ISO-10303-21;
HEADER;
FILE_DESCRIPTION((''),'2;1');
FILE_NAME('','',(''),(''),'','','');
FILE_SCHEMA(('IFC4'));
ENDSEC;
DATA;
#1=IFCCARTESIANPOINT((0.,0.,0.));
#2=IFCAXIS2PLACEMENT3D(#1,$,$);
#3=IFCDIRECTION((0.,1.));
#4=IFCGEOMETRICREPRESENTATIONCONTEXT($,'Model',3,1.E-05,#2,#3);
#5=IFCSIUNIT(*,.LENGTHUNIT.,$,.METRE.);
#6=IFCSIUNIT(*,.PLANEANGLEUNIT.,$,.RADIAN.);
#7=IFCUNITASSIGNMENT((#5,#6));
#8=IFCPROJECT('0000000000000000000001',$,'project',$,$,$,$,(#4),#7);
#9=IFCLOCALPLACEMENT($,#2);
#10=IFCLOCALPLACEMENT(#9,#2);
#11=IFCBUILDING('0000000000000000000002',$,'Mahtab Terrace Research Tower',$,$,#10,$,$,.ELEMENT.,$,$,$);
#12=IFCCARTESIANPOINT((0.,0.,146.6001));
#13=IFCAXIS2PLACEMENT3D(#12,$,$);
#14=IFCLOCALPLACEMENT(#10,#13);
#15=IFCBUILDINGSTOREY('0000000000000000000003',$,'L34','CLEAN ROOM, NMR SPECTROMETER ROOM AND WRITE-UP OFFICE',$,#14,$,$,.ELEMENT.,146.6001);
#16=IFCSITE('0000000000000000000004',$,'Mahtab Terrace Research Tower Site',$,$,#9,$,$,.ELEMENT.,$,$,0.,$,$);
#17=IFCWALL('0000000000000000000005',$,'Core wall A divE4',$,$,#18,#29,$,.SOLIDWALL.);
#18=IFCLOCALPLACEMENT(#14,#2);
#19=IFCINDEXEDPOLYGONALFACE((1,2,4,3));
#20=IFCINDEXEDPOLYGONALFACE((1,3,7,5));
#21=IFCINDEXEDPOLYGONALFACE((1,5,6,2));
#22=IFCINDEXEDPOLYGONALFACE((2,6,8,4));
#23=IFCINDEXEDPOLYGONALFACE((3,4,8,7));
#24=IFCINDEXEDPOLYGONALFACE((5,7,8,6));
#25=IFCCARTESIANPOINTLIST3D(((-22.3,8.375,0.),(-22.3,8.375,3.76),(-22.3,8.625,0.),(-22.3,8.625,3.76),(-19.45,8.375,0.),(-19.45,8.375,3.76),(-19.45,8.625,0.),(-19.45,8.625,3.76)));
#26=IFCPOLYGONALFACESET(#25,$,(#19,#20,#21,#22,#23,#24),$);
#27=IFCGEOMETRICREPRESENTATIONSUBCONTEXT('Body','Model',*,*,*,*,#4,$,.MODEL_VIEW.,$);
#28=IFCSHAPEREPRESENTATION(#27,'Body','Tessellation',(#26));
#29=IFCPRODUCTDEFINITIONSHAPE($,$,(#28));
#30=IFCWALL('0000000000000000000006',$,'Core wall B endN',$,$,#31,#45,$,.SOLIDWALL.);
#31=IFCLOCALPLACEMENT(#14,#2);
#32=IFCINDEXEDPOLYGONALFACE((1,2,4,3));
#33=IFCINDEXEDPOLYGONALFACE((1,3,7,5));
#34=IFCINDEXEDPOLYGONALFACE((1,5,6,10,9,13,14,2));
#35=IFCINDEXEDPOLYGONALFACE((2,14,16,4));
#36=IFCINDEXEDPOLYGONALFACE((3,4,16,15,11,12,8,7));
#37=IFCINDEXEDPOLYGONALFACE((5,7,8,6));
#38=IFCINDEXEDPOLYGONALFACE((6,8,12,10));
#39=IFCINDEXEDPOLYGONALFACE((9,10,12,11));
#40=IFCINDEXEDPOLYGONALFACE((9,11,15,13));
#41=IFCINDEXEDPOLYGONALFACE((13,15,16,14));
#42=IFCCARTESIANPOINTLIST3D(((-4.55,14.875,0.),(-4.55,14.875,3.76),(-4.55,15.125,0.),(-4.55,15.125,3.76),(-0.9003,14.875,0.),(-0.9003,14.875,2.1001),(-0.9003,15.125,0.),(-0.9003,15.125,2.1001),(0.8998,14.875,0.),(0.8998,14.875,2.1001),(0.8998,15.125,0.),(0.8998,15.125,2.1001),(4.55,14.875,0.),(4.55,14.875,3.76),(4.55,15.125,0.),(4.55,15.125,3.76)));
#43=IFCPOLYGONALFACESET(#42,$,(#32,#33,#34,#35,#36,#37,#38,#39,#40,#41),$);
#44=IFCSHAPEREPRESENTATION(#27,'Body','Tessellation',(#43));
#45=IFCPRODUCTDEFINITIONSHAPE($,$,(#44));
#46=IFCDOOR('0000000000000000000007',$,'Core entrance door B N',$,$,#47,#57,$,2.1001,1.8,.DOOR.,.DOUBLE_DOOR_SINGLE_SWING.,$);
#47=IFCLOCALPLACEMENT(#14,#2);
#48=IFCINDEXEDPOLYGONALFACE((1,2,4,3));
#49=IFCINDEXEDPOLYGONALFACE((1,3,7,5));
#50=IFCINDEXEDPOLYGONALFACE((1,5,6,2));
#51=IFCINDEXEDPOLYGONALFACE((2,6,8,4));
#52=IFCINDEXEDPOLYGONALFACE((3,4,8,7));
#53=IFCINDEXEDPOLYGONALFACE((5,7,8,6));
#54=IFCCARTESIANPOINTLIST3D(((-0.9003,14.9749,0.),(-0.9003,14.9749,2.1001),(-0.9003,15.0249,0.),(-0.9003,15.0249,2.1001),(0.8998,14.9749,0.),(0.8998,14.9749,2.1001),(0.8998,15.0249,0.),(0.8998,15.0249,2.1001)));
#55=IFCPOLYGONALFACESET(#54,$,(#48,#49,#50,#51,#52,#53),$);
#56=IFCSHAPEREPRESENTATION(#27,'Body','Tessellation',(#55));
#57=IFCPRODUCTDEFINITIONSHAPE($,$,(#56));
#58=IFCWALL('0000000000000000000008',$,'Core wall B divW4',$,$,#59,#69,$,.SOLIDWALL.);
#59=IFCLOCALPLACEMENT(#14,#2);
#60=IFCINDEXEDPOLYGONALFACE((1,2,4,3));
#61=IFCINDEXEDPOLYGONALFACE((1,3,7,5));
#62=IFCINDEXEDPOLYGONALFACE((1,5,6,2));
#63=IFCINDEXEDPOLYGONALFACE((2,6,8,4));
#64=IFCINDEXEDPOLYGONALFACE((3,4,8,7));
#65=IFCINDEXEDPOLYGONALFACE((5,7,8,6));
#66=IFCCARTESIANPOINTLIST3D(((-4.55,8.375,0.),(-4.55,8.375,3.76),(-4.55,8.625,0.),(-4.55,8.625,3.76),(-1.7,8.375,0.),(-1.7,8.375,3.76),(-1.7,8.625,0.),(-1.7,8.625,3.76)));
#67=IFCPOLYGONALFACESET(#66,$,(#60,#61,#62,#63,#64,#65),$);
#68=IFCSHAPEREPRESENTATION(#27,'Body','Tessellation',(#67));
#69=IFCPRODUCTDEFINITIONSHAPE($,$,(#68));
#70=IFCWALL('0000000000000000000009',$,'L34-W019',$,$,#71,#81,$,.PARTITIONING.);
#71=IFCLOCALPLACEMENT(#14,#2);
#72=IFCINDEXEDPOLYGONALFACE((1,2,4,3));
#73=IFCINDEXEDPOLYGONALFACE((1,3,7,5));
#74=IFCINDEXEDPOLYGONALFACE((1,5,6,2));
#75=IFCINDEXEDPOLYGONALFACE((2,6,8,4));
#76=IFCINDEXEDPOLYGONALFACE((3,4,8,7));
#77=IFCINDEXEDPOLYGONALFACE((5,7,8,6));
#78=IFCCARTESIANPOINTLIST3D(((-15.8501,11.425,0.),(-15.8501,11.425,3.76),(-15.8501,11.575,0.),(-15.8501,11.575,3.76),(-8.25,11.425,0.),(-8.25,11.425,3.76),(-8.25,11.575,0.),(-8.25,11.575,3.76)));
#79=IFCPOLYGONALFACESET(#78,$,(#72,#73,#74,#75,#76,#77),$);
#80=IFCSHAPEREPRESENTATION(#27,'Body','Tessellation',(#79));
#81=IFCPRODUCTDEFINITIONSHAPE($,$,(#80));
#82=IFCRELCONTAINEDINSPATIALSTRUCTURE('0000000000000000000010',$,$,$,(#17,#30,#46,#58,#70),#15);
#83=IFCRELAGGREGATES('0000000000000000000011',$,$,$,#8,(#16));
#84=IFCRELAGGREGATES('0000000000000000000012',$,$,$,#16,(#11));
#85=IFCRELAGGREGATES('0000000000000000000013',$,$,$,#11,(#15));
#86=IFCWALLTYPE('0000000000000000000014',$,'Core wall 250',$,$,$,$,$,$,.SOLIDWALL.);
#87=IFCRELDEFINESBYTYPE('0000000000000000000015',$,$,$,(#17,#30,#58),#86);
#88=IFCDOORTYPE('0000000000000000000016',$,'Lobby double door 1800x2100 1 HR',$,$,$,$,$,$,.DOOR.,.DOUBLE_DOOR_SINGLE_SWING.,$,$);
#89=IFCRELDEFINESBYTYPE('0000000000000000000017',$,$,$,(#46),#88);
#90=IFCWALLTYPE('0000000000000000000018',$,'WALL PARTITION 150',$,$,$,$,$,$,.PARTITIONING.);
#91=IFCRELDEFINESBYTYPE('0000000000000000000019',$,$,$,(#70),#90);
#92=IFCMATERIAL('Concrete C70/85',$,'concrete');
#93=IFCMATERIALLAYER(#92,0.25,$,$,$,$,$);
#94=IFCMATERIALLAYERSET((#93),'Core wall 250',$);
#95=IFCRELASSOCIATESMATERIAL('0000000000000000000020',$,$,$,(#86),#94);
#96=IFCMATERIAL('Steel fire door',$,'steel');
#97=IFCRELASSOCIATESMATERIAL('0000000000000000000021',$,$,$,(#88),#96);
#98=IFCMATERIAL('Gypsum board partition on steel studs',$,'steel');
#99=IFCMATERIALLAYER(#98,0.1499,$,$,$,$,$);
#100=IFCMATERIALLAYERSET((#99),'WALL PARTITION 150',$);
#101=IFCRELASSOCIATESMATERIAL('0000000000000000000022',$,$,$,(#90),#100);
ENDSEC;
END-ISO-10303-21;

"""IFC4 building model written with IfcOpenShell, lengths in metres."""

from ifc_helpers import new_model, si_unit, direction, frame, frame_2d, origin, place, context, subcontext, project, spatial, rectangle, extrude, material, layer, layer_set, type_object, element, fill, save


model = new_model("IFC4")

# Units and contexts
model_context = context("Model", 3, precision=1e-05, world=origin(), true_north=direction((0.0, 1.0)))
body_context = subcontext(model_context, "Body", "Model", "MODEL_VIEW")
ifc_project = project(units=[si_unit("LENGTHUNIT", "METRE"), si_unit("PLANEANGLEUNIT", "RADIAN")], contexts=[model_context])

# Site, building, storey
site_placement = place(None, origin())
site = spatial("IfcSite", under=ifc_project, at=site_placement, Name="Mahtab Terrace Research Tower Site", CompositionType="ELEMENT", RefElevation=0.0)
building_placement = place(site_placement, origin())
building = spatial("IfcBuilding", under=site, at=building_placement, Name="Mahtab Terrace Research Tower", CompositionType="ELEMENT")
storey_placement = place(building_placement, frame((0.0, 0.0, 146.6001)))
storey = spatial("IfcBuildingStorey", under=building, at=storey_placement, Name="L34", Description="CLEAN ROOM, NMR SPECTROMETER ROOM AND WRITE-UP OFFICE", CompositionType="ELEMENT", Elevation=146.6001)

# Shared definitions
ifc_material_1 = material(Name="Concrete C70/85", Category="concrete")

# Shared definitions
ifc_layer_1 = layer(ifc_material_1, 0.25)
ifc_layer_set_1 = layer_set([ifc_layer_1], Name="Core wall 250")
wall_type_1 = type_object("IfcWallType", Name="Core wall 250", PredefinedType="SOLIDWALL", material=ifc_layer_set_1)
ifc_material_2 = material(Name="Steel fire door", Category="steel")

# Wall
for number, where, z_axis, x_axis, name in (
    (1, (-22.3, 8.5, 0.0), (0.0, 0.0, 1.0), (1.0, 0.0, 0.0), "Core wall A divE4"),
):
    element("IfcWall", number, at=place(storey_placement, frame(where, z_axis=z_axis, x_axis=x_axis)), inside=storey, type_object=wall_type_1, Name=name, PredefinedType="SOLIDWALL", context=body_context, shape_type="SweptSolid", body=[
        extrude(rectangle(XDim=2.8501, YDim=0.25, at=frame_2d((1.425, 0.0))), origin(), (0.0, 0.0, 1.0), 3.76),
    ])

# Wall, opening, door
wall_1_placement = place(storey_placement, frame((-4.55, 15.0, 0.0), z_axis=(0.0, 0.0, 1.0), x_axis=(1.0, 0.0, 0.0)))
wall_1 = element("IfcWall", 2, at=wall_1_placement, inside=storey, type_object=wall_type_1, Name="Core wall B endN", PredefinedType="SOLIDWALL", context=body_context, shape_type="SweptSolid", body=[
    extrude(rectangle(XDim=9.1001, YDim=0.25, at=frame_2d((4.55, 0.0))), origin(), (0.0, 0.0, 1.0), 3.76),
])
opening_1_placement = place(wall_1_placement, frame((3.6499, 0.0, 0.0)))
opening_1 = element("IfcOpeningElement", 3, at=opening_1_placement, cuts=wall_1, PredefinedType="OPENING", context=body_context, shape_type="SweptSolid", body=[
    extrude(rectangle(XDim=1.8, YDim=2.1001, at=frame_2d((0.8999, 1.05))), frame((0.0, 0.135, 0.0), z_axis=(0.0, -1.0, 0.0), x_axis=(1.0, 0.0, 0.0)), (0.0, 0.0, 1.0), 0.27),
])
door_type_1 = type_object("IfcDoorType", Name="Lobby double door 1800x2100 1 HR", OperationType="DOUBLE_DOOR_SINGLE_SWING", PredefinedType="DOOR", material=ifc_material_2)
door_1_placement = place(opening_1_placement, origin())
door_1 = element("IfcDoor", 4, at=door_1_placement, inside=storey, type_object=door_type_1, Name="Core entrance door B N", OperationType="DOUBLE_DOOR_SINGLE_SWING", OverallHeight=2.1001, OverallWidth=1.8, PredefinedType="DOOR", context=body_context, shape_type="SweptSolid", body=[
    extrude(rectangle(XDim=1.8, YDim=2.1001, at=frame_2d((0.8999, 1.05))), frame((0.0, 0.0249, 0.0), z_axis=(0.0, -1.0, 0.0), x_axis=(1.0, 0.0, 0.0)), (0.0, 0.0, 1.0), 0.05),
])
fill(opening_1, door_1)

# Walls
wall_2_placement = place(storey_placement, frame((-4.55, 8.5, 0.0), z_axis=(0.0, 0.0, 1.0), x_axis=(1.0, 0.0, 0.0)))
element("IfcWall", 5, at=wall_2_placement, inside=storey, type_object=wall_type_1, Name="Core wall B divW4", PredefinedType="SOLIDWALL", context=body_context, shape_type="SweptSolid", body=[
    extrude(rectangle(XDim=2.8501, YDim=0.25, at=frame_2d((1.425, 0.0))), origin(), (0.0, 0.0, 1.0), 3.76),
])
ifc_material_3 = material(Name="Gypsum board partition on steel studs", Category="steel")
ifc_layer_2 = layer(ifc_material_3, 0.1499)
ifc_layer_set_2 = layer_set([ifc_layer_2], Name="WALL PARTITION 150")
wall_type_2 = type_object("IfcWallType", Name="WALL PARTITION 150", PredefinedType="PARTITIONING", material=ifc_layer_set_2)
wall_3_placement = place(storey_placement, frame((-15.8501, 11.5, 0.0), z_axis=(0.0, 0.0, 1.0), x_axis=(1.0, 0.0, 0.0)))
element("IfcWall", 6, at=wall_3_placement, inside=storey, type_object=wall_type_2, Name="L34-W019", PredefinedType="PARTITIONING", context=body_context, shape_type="SweptSolid", body=[
    extrude(rectangle(XDim=7.6001, YDim=0.1499, at=frame_2d((3.8, 0.0))), origin(), (0.0, 0.0, 1.0), 3.76),
])

save(model, "model.ifc")
